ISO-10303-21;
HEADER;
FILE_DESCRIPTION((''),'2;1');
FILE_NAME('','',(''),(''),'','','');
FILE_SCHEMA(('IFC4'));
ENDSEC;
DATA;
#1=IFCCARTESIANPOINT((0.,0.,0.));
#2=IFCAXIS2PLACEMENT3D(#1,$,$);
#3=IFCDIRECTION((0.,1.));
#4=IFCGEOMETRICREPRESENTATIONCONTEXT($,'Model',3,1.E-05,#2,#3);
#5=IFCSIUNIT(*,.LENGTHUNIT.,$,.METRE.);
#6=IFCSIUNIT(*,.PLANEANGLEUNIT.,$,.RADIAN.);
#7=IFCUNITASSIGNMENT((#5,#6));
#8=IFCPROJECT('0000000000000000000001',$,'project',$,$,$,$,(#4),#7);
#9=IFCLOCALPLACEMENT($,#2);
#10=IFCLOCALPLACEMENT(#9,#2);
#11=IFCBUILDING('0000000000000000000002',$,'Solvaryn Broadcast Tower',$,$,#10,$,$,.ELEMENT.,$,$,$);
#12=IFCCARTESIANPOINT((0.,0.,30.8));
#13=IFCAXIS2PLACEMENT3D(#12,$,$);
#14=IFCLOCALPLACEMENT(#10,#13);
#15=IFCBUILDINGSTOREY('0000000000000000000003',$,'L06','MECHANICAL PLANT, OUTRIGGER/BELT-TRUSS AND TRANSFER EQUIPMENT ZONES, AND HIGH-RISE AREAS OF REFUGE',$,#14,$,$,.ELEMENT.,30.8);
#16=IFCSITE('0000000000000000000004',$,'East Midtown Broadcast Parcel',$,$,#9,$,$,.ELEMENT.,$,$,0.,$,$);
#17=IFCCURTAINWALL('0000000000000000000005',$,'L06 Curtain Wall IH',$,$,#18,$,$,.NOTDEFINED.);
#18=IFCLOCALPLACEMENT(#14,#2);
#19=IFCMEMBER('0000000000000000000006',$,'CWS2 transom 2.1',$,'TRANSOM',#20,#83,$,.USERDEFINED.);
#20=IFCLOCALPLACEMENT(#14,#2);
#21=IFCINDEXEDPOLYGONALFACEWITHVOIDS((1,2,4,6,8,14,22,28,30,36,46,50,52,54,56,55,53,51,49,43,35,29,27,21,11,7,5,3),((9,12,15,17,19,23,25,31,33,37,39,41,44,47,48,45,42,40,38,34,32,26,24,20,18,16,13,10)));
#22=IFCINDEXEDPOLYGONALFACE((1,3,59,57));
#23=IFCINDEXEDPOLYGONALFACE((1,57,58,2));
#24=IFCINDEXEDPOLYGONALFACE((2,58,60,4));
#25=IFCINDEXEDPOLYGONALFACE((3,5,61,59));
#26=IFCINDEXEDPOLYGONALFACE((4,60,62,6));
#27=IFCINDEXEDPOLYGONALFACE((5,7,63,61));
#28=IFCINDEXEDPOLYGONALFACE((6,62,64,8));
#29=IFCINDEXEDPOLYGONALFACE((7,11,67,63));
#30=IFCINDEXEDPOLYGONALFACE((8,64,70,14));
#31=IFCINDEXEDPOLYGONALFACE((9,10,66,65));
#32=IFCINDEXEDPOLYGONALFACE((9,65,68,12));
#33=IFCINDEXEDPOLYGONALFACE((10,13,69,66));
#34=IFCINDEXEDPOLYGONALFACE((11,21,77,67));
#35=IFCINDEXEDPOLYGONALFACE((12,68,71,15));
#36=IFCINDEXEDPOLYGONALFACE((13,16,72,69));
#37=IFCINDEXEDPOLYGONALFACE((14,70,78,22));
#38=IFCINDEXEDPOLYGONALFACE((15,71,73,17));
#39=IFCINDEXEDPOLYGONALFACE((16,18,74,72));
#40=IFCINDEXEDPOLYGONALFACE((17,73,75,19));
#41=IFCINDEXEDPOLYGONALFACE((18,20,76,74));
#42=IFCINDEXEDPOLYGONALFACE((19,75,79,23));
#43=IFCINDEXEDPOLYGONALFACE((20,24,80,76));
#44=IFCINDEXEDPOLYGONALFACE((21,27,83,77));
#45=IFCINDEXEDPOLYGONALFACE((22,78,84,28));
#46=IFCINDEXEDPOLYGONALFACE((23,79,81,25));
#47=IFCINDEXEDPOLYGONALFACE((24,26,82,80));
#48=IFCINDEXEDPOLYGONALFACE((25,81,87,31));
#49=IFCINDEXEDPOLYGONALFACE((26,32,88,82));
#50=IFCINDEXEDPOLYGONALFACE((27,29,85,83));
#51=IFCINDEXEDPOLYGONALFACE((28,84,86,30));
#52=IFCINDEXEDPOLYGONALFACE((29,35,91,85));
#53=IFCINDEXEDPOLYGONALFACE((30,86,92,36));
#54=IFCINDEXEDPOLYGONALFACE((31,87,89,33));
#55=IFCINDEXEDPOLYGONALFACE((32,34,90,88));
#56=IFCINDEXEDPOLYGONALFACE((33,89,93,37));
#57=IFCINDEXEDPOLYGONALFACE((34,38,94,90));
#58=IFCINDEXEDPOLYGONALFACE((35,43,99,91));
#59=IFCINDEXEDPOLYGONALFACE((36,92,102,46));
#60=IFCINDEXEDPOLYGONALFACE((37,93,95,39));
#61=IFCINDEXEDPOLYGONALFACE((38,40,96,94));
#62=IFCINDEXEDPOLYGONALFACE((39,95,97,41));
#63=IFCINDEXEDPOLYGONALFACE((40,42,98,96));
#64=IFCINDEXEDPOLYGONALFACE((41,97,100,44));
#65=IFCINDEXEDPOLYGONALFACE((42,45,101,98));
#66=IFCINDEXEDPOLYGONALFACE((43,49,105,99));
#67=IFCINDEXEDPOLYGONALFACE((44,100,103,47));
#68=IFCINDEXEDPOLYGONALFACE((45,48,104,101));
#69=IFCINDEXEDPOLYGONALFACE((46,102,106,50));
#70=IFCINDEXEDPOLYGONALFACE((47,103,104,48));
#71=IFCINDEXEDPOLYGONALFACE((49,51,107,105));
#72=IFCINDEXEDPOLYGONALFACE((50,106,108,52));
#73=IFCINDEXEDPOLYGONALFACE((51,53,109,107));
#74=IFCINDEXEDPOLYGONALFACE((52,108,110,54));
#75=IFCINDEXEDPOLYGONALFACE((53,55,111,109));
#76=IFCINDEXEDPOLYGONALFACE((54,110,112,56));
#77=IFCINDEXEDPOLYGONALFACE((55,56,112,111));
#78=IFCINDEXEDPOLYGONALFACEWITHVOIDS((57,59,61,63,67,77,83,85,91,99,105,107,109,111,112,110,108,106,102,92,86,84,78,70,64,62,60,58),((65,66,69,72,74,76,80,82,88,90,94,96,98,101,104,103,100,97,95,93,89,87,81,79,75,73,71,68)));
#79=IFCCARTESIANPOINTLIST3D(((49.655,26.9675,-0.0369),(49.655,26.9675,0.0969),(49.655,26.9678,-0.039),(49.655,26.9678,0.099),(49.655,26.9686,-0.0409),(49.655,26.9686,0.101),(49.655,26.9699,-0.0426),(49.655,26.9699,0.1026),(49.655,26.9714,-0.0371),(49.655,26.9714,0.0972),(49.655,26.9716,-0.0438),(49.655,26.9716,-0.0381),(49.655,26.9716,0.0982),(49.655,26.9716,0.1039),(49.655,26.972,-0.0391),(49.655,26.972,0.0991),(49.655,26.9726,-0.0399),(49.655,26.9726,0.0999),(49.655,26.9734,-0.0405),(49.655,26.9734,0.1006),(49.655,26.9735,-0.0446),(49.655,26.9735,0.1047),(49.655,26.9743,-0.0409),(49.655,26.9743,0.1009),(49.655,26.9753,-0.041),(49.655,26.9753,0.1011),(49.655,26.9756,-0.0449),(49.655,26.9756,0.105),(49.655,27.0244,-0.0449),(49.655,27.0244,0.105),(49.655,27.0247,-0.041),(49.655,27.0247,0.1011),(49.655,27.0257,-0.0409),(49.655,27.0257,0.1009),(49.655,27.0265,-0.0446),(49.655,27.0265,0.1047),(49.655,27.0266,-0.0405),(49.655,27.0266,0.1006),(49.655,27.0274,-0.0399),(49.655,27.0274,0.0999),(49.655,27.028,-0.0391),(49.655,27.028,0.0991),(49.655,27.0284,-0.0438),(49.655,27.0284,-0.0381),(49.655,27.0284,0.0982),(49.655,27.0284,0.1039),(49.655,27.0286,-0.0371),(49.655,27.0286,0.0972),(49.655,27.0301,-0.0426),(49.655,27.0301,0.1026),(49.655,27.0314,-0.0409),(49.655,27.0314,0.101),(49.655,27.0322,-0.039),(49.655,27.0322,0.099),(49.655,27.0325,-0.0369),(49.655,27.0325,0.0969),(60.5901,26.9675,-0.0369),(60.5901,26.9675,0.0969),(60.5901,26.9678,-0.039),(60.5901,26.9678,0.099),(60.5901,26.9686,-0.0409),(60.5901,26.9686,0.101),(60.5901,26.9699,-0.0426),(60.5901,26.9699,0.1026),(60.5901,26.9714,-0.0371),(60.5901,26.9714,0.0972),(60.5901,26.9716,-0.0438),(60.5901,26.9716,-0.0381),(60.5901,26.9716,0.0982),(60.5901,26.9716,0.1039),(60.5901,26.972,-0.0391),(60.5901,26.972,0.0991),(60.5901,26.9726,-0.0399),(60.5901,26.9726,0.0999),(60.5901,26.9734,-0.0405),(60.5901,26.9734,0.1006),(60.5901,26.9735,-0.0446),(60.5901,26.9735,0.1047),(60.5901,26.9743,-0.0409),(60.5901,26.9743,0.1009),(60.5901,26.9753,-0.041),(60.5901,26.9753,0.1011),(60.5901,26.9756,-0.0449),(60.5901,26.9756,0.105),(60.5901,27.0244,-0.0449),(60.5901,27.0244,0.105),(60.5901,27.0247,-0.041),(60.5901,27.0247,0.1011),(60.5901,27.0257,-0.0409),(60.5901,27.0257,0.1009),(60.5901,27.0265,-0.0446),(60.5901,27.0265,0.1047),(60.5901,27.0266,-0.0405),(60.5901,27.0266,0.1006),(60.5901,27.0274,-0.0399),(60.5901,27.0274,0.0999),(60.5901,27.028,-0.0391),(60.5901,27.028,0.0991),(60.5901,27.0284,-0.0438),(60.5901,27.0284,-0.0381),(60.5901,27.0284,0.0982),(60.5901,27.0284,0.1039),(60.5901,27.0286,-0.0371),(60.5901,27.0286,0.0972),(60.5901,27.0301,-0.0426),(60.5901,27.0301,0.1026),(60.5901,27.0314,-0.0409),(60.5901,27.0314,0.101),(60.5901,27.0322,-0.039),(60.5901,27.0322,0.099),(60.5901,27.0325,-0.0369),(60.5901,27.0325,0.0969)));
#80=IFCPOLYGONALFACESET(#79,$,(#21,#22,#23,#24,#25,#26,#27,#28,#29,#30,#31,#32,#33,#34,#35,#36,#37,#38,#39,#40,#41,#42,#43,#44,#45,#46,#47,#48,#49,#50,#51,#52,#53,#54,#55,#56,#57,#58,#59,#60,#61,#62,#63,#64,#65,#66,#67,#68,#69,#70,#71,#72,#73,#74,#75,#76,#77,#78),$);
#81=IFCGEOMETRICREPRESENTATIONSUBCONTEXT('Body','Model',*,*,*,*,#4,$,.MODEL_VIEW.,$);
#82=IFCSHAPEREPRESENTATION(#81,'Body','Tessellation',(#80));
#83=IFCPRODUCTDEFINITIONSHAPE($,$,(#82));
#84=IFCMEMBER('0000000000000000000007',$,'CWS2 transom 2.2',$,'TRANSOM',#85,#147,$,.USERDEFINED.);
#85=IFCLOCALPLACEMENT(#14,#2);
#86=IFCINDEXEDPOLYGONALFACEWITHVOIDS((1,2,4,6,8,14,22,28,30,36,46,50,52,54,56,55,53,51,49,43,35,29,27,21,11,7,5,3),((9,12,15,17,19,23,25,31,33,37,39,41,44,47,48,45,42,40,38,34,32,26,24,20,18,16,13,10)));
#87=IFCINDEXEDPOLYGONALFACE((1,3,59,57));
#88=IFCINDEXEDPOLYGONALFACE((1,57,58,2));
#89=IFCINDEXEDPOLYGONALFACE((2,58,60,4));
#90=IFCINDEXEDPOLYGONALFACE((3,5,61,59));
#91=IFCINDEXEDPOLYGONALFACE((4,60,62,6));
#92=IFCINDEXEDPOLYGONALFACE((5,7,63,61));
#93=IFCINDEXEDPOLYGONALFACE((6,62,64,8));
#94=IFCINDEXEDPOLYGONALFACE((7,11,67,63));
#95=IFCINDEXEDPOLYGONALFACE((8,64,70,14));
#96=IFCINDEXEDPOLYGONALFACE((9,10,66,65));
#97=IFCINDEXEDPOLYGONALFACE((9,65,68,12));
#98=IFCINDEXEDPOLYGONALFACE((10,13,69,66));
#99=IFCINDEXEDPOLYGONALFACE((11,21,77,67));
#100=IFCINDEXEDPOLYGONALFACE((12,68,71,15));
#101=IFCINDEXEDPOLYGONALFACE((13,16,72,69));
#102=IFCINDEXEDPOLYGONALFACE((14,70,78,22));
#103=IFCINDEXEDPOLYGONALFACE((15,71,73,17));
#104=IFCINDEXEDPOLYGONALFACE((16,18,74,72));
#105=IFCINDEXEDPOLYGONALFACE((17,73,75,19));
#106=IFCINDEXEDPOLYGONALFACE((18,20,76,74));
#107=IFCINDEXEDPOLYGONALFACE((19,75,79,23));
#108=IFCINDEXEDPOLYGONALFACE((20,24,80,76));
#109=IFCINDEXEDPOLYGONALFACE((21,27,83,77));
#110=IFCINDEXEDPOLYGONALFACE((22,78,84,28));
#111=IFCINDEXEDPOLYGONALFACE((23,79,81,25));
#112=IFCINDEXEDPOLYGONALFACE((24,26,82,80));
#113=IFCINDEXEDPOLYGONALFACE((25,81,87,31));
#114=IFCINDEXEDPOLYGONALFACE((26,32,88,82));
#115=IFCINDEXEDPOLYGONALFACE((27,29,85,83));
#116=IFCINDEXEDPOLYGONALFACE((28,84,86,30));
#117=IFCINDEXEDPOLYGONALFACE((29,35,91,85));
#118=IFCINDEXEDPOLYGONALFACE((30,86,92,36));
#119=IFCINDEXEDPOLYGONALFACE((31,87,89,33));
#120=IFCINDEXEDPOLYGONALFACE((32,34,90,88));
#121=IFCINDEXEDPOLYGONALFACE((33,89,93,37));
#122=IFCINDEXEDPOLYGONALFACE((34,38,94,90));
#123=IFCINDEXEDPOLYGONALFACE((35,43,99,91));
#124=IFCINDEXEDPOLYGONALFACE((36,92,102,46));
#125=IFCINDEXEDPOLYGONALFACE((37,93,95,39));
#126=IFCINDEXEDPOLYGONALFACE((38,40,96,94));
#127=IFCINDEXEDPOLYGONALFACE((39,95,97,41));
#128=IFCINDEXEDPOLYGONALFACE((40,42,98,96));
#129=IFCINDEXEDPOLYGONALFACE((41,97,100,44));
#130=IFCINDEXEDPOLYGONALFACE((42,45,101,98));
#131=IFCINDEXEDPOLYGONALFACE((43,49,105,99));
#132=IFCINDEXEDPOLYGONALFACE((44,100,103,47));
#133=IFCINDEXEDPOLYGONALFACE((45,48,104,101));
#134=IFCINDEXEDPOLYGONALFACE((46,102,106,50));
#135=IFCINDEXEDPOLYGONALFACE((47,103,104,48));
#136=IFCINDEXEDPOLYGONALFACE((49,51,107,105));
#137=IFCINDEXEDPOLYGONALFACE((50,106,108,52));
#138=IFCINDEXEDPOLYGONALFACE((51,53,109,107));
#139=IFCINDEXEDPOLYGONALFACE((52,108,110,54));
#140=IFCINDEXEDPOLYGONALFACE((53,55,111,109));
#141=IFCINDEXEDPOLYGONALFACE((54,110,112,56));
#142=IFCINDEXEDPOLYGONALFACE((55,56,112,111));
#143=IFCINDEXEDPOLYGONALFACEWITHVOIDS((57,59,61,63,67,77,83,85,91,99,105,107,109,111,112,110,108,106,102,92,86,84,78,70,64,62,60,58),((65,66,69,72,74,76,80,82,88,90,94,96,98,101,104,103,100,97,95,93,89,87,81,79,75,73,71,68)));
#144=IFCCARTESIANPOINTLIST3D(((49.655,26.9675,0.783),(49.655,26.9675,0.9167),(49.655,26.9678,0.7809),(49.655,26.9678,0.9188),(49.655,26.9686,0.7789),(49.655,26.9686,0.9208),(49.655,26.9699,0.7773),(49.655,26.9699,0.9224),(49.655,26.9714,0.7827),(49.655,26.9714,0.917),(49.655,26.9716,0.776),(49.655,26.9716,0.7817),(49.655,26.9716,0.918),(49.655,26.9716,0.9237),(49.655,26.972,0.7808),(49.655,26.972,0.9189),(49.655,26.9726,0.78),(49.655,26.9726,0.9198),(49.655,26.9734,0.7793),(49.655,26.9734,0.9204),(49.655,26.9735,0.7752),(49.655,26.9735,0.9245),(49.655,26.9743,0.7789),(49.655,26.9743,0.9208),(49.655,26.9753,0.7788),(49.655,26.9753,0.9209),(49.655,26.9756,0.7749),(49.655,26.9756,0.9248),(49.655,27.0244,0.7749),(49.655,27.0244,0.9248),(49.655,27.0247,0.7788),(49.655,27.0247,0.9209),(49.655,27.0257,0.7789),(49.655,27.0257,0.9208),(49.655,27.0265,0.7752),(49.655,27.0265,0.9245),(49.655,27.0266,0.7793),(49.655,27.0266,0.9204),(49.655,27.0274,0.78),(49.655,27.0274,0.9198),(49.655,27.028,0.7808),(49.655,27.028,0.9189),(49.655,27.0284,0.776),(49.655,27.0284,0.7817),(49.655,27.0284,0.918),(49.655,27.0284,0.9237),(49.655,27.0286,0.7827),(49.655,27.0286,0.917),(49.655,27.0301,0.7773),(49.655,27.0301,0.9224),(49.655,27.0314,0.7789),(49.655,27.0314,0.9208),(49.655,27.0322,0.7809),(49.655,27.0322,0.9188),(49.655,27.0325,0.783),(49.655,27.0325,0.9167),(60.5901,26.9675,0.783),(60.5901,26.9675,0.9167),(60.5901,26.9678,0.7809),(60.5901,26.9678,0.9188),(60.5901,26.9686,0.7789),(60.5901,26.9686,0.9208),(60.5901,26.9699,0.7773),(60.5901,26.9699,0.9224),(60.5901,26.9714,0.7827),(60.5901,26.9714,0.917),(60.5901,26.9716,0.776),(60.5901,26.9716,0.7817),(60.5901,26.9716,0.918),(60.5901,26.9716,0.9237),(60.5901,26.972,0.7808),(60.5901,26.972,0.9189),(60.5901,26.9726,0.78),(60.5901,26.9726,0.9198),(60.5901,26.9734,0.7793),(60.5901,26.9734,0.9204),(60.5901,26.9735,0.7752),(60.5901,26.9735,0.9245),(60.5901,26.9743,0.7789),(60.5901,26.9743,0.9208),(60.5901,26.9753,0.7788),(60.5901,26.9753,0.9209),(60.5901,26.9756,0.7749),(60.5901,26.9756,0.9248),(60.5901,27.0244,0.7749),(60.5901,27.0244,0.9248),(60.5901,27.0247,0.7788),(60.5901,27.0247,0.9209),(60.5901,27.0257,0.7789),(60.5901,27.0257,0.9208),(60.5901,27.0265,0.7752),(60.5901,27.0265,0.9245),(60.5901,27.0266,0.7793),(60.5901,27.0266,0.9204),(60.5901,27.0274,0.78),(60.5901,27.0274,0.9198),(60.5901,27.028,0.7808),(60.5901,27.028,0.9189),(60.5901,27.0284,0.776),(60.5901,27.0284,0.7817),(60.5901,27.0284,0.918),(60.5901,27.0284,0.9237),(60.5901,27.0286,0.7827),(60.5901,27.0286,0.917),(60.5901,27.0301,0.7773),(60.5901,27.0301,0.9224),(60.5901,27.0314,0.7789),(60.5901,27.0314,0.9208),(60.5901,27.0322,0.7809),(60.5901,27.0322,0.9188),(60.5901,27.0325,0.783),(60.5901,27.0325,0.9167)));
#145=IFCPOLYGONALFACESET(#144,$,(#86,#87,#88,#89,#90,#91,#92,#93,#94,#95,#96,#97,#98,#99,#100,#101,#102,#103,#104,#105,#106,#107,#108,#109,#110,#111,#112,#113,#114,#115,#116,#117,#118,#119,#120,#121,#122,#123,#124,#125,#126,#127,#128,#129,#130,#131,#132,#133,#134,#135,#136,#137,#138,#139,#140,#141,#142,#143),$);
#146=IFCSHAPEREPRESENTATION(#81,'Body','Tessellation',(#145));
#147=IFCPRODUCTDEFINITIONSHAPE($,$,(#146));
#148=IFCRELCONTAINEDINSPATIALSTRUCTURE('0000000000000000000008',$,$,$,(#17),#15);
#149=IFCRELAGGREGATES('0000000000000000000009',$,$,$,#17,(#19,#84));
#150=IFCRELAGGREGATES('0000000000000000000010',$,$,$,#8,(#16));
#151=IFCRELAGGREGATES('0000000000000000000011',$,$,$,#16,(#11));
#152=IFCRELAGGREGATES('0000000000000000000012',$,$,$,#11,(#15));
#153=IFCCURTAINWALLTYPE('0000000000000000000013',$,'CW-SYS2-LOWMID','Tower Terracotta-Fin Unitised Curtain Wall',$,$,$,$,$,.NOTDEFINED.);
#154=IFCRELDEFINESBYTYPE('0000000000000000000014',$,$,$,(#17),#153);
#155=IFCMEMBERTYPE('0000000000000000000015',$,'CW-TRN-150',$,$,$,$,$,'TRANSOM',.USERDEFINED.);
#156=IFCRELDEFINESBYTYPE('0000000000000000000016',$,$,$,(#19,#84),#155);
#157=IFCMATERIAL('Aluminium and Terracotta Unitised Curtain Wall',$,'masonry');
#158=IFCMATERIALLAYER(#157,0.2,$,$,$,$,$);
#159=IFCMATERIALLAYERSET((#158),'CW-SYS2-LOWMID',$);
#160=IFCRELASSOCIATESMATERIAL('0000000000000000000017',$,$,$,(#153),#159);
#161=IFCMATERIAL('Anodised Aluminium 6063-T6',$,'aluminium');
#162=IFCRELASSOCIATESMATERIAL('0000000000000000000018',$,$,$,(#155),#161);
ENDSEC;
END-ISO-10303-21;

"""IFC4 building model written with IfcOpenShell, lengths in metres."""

from ifc_helpers import new_model, si_unit, direction, frame, origin, origin_2d, place, context, subcontext, project, spatial, hollow_rectangle, extrude, material, layer, layer_set, material_profile, profile_set, type_object, element, aggregate, save


model = new_model("IFC4")

# Units and contexts
model_context = context("Model", 3, precision=1e-05, world=origin(), true_north=direction((0.0, 1.0)))
body_context = subcontext(model_context, "Body", "Model", "MODEL_VIEW")
ifc_project = project(units=[si_unit("LENGTHUNIT", "METRE"), si_unit("PLANEANGLEUNIT", "RADIAN")], contexts=[model_context])

# Site, building, storey
site_placement = place(None, origin())
site = spatial("IfcSite", under=ifc_project, at=site_placement, Name="East Midtown Broadcast Parcel", CompositionType="ELEMENT", RefElevation=0.0)
building_placement = place(site_placement, origin())
building = spatial("IfcBuilding", under=site, at=building_placement, Name="Solvaryn Broadcast Tower", CompositionType="ELEMENT")
storey_placement = place(building_placement, frame((0.0, 0.0, 30.8)))
storey = spatial("IfcBuildingStorey", under=building, at=storey_placement, Name="L06", Description="MECHANICAL PLANT, OUTRIGGER/BELT-TRUSS AND TRANSFER EQUIPMENT ZONES, AND HIGH-RISE AREAS OF REFUGE", CompositionType="ELEMENT", Elevation=30.8)

# Shared definitions
ifc_material_1 = material(Name="Aluminium and Terracotta Unitised Curtain Wall", Category="masonry")
ifc_layer_1 = layer(ifc_material_1, 0.2)
ifc_layer_set_1 = layer_set([ifc_layer_1], Name="CW-SYS2-LOWMID")
curtain_wall_type = type_object("IfcCurtainWallType", Name="CW-SYS2-LOWMID", Description="Tower Terracotta-Fin Unitised Curtain Wall", PredefinedType="NOTDEFINED", material=ifc_layer_set_1)

# Curtain wall
curtain_wall_1_placement = place(storey_placement, origin())
curtain_wall_1 = element("IfcCurtainWall", 1, at=curtain_wall_1_placement, inside=storey, type_object=curtain_wall_type, Name="L06 Curtain Wall IH", PredefinedType="NOTDEFINED")

# Members
ifc_material_2 = material(Name="Anodised Aluminium 6063-T6", Category="aluminium")
ifc_material_profile_1 = material_profile(ifc_material_2, hollow_rectangle(XDim=0.0649, YDim=0.1499, WallThickness=0.0039, InnerFilletRadius=0.0039, OuterFilletRadius=0.0081, at=origin_2d()))
ifc_profile_set_1 = profile_set([ifc_material_profile_1], Name="Anodised Aluminium 6063-T6")
member_type_1 = type_object("IfcMemberType", Name="CW-TRN-150", ElementType="TRANSOM", PredefinedType="USERDEFINED", material=ifc_profile_set_1)
member_1_placement = place(storey_placement, frame((49.655, 27.0, 0.03), z_axis=(1.0, 0.0, 0.0), x_axis=(0.0, 1.0, 0.0)))
member_1 = element("IfcMember", 2, at=member_1_placement, type_object=member_type_1, Name="CWS2 transom 2.1", ObjectType="TRANSOM", PredefinedType="USERDEFINED", context=body_context, shape_type="SweptSolid", body=[
    extrude(hollow_rectangle(XDim=0.0649, YDim=0.1499, WallThickness=0.0039, InnerFilletRadius=0.0039, OuterFilletRadius=0.0081, at=origin_2d()), origin(), (0.0, 0.0, 1.0), 10.9351),
])
member_2_placement = place(storey_placement, frame((49.655, 27.0, 0.8499), z_axis=(1.0, 0.0, 0.0), x_axis=(0.0, 1.0, 0.0)))
member_2 = element("IfcMember", 3, at=member_2_placement, type_object=member_type_1, Name="CWS2 transom 2.2", ObjectType="TRANSOM", PredefinedType="USERDEFINED", context=body_context, shape_type="SweptSolid", body=[
    extrude(hollow_rectangle(XDim=0.0649, YDim=0.1499, WallThickness=0.0039, InnerFilletRadius=0.0039, OuterFilletRadius=0.0081, at=origin_2d()), origin(), (0.0, 0.0, 1.0), 10.9351),
])

aggregate(curtain_wall_1, [member_1, member_2])

save(model, "model.ifc")
